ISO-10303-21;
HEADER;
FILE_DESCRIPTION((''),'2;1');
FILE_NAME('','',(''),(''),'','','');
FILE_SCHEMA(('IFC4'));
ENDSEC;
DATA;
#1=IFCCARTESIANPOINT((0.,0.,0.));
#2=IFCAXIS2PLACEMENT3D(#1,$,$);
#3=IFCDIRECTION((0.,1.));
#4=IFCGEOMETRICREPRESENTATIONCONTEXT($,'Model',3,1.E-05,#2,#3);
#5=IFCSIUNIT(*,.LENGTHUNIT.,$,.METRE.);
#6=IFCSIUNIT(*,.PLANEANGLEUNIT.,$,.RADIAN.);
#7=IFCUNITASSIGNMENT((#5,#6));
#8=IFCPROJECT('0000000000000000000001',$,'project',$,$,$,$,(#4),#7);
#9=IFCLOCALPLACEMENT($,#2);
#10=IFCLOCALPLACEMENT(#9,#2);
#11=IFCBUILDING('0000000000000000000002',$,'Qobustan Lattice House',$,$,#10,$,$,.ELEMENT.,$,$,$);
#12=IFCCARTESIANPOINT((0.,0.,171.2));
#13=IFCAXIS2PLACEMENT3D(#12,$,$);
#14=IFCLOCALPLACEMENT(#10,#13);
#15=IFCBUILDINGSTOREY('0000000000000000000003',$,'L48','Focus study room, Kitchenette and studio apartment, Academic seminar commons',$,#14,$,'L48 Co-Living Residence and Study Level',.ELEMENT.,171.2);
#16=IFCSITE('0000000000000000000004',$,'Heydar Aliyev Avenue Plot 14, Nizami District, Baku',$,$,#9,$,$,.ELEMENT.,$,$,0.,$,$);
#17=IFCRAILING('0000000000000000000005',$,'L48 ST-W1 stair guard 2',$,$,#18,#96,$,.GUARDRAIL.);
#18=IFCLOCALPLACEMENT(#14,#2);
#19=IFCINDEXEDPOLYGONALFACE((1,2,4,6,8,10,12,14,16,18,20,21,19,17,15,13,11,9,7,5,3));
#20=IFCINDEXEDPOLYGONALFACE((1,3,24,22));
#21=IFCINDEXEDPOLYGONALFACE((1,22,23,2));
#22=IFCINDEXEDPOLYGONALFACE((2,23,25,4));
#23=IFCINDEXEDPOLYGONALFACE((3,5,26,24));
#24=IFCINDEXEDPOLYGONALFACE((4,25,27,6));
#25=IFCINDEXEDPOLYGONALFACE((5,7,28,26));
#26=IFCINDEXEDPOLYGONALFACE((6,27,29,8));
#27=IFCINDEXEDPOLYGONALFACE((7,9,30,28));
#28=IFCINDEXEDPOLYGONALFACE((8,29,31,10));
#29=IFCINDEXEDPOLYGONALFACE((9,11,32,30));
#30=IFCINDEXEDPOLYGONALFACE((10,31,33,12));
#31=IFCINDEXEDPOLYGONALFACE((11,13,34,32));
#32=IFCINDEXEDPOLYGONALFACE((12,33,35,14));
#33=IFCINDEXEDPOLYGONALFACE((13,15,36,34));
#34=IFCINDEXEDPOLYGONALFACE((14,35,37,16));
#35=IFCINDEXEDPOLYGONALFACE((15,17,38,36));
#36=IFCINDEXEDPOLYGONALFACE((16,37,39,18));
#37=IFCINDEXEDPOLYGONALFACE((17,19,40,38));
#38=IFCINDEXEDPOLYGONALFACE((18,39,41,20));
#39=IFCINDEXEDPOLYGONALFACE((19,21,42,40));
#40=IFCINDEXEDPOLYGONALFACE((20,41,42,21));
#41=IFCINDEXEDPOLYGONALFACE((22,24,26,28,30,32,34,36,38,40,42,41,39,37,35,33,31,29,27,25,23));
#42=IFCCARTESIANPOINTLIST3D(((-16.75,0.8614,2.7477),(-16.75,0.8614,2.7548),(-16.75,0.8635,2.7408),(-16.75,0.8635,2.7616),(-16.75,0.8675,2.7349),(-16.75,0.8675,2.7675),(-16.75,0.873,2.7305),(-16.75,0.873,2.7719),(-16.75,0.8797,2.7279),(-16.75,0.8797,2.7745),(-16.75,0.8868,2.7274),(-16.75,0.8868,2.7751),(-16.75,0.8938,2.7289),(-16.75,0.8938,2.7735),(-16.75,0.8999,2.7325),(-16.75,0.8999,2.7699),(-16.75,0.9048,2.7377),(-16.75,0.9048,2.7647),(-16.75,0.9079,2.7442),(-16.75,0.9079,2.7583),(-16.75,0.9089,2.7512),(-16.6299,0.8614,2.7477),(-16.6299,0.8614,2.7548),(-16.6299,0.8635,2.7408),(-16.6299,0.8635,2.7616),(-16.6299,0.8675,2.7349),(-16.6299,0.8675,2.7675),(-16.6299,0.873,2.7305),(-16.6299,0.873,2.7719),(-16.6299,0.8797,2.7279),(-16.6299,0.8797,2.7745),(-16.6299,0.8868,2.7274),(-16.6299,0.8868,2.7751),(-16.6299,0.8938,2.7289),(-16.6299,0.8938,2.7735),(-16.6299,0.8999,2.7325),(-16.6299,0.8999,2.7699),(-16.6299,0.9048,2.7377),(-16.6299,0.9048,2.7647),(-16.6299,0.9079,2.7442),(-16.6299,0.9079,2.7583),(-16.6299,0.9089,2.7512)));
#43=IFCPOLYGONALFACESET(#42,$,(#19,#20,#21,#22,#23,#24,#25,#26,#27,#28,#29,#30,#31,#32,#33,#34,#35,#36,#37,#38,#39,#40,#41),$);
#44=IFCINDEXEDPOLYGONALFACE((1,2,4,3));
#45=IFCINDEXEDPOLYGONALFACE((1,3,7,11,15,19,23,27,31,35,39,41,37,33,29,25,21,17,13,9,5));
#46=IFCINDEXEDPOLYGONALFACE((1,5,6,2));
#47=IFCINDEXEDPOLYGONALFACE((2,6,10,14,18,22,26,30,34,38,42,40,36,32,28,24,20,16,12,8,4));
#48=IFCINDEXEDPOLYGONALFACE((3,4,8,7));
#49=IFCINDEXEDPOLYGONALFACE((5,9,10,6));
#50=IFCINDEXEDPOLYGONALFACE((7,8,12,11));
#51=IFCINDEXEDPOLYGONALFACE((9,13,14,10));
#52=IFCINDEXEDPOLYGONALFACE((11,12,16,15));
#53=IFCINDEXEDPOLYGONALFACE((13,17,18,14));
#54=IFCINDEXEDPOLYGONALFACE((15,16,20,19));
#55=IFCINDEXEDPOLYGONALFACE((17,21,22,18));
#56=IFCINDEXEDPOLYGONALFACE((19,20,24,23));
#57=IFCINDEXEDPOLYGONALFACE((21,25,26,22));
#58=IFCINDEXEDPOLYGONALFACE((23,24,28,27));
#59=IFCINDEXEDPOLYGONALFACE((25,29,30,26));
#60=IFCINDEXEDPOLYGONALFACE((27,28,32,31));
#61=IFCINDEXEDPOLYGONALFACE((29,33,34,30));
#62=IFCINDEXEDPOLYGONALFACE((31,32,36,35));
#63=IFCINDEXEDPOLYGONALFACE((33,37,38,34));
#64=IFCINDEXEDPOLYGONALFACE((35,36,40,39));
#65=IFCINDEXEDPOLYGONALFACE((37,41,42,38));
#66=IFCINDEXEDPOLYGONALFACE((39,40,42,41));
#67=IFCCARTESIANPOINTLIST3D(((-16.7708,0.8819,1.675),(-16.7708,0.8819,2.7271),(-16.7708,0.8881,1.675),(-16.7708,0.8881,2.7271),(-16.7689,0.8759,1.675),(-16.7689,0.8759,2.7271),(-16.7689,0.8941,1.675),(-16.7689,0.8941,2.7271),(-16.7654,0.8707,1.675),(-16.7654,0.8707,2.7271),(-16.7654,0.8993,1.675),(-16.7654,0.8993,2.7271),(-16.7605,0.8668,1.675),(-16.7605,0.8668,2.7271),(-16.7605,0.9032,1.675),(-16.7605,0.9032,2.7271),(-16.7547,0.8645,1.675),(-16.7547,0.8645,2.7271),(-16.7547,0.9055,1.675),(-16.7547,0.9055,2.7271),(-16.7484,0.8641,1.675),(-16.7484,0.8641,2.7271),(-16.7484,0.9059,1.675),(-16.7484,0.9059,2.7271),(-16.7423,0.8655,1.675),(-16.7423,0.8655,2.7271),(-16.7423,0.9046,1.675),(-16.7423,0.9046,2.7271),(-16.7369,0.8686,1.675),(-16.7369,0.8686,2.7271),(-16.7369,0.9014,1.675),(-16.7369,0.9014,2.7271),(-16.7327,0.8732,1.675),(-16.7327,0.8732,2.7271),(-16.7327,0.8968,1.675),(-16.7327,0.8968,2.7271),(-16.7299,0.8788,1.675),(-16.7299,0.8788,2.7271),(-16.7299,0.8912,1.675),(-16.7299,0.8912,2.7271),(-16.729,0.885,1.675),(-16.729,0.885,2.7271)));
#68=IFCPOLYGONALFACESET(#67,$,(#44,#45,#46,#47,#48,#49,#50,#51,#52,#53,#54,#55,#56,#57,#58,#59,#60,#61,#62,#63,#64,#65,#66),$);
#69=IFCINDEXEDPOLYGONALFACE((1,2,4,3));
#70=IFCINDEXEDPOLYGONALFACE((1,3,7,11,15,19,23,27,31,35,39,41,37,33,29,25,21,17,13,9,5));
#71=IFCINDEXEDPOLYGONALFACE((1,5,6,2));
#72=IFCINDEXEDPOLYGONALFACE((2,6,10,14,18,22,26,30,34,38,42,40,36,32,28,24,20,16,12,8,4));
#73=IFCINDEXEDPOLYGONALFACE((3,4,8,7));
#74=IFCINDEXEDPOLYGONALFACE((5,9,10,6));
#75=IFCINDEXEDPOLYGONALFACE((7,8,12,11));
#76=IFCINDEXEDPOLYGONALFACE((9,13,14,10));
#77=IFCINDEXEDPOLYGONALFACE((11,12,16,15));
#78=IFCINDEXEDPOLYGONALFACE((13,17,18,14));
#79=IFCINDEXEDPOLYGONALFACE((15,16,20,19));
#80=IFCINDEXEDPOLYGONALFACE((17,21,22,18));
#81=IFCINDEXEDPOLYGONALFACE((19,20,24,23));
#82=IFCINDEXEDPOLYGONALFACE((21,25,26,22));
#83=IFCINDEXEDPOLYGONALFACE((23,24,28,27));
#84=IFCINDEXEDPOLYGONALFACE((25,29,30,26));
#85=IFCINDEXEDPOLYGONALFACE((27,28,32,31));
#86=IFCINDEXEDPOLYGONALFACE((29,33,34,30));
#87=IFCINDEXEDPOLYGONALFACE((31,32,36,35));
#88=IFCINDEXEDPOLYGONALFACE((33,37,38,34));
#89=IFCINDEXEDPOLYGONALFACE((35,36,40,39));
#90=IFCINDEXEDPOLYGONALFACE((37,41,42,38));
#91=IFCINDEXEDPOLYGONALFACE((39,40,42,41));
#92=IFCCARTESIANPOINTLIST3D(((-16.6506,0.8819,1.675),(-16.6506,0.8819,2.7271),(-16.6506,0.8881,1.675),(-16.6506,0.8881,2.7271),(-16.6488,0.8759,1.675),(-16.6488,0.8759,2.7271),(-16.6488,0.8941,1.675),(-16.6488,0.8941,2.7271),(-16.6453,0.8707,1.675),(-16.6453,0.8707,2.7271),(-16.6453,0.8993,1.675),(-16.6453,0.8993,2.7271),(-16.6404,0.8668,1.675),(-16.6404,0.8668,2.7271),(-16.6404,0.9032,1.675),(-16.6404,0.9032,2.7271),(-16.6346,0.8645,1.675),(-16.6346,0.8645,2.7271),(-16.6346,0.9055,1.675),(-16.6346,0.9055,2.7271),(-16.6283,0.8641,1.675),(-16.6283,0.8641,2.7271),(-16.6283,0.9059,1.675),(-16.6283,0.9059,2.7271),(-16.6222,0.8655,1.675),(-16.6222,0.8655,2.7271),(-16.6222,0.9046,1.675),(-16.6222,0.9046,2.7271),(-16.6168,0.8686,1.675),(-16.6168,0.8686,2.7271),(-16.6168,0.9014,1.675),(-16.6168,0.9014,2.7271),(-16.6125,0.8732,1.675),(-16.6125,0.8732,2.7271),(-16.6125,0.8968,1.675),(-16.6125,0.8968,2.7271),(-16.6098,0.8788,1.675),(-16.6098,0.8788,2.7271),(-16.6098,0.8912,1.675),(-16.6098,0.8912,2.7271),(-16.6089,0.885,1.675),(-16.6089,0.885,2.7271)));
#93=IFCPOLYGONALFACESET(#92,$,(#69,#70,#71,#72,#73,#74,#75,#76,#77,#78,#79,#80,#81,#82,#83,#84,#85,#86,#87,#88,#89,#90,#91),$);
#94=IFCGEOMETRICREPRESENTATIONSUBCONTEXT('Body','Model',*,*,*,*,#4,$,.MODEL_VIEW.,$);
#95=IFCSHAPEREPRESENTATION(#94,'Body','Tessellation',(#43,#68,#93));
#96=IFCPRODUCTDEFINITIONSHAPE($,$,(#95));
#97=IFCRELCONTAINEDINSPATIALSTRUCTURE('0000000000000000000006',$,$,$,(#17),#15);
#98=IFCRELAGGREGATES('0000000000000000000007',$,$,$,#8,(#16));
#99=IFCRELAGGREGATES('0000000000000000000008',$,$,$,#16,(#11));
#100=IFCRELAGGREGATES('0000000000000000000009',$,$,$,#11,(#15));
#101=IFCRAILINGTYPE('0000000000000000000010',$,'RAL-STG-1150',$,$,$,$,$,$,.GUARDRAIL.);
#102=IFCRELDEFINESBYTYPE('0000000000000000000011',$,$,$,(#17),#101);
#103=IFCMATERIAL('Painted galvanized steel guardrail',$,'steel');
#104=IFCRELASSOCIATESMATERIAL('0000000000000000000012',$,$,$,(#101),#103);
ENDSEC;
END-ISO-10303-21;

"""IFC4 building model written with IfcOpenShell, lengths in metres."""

from ifc_helpers import new_model, si_unit, direction, frame, origin, origin_2d, place, context, subcontext, project, spatial, circle, extrude, material, type_object, element, save


model = new_model("IFC4")

# Units and contexts
model_context = context("Model", 3, precision=1e-05, world=origin(), true_north=direction((0.0, 1.0)))
body_context = subcontext(model_context, "Body", "Model", "MODEL_VIEW")
ifc_project = project(units=[si_unit("LENGTHUNIT", "METRE"), si_unit("PLANEANGLEUNIT", "RADIAN")], contexts=[model_context])

# Site, building, storey
site_placement = place(None, origin())
site = spatial("IfcSite", under=ifc_project, at=site_placement, Name="Heydar Aliyev Avenue Plot 14, Nizami District, Baku", CompositionType="ELEMENT", RefElevation=0.0)
building_placement = place(site_placement, origin())
building = spatial("IfcBuilding", under=site, at=building_placement, Name="Qobustan Lattice House", CompositionType="ELEMENT")
storey_placement = place(building_placement, frame((0.0, 0.0, 171.2)))
storey = spatial("IfcBuildingStorey", under=building, at=storey_placement, Name="L48", Description="Focus study room, Kitchenette and studio apartment, Academic seminar commons", LongName="L48 Co-Living Residence and Study Level", CompositionType="ELEMENT", Elevation=171.2)

# Railing
ifc_material_1 = material(Name="Painted galvanized steel guardrail", Category="steel")
railing_type_1 = type_object("IfcRailingType", Name="RAL-STG-1150", PredefinedType="GUARDRAIL", material=ifc_material_1)
railing_1_placement = place(storey_placement, frame((-16.75, 0.885, 1.675)))
element("IfcRailing", 1, at=railing_1_placement, inside=storey, type_object=railing_type_1, Name="L48 ST-W1 stair guard 2", PredefinedType="GUARDRAIL", context=body_context, shape_type="SweptSolid", body=[
    extrude(circle(Radius=0.0239, at=origin_2d()), frame((0.0, 0.0, 1.0762), z_axis=(1.0, 0.0, 0.0), x_axis=(0.0, 1.0, 0.0)), (0.0, 0.0, 1.0), 0.1201),
    extrude(circle(Radius=0.021, at=origin_2d()), origin(), (0.0, 0.0, 1.0), 1.052),
    extrude(circle(Radius=0.021, at=origin_2d()), frame((0.1201, 0.0, 0.0)), (0.0, 0.0, 1.0), 1.052),
])

save(model, "model.ifc")
